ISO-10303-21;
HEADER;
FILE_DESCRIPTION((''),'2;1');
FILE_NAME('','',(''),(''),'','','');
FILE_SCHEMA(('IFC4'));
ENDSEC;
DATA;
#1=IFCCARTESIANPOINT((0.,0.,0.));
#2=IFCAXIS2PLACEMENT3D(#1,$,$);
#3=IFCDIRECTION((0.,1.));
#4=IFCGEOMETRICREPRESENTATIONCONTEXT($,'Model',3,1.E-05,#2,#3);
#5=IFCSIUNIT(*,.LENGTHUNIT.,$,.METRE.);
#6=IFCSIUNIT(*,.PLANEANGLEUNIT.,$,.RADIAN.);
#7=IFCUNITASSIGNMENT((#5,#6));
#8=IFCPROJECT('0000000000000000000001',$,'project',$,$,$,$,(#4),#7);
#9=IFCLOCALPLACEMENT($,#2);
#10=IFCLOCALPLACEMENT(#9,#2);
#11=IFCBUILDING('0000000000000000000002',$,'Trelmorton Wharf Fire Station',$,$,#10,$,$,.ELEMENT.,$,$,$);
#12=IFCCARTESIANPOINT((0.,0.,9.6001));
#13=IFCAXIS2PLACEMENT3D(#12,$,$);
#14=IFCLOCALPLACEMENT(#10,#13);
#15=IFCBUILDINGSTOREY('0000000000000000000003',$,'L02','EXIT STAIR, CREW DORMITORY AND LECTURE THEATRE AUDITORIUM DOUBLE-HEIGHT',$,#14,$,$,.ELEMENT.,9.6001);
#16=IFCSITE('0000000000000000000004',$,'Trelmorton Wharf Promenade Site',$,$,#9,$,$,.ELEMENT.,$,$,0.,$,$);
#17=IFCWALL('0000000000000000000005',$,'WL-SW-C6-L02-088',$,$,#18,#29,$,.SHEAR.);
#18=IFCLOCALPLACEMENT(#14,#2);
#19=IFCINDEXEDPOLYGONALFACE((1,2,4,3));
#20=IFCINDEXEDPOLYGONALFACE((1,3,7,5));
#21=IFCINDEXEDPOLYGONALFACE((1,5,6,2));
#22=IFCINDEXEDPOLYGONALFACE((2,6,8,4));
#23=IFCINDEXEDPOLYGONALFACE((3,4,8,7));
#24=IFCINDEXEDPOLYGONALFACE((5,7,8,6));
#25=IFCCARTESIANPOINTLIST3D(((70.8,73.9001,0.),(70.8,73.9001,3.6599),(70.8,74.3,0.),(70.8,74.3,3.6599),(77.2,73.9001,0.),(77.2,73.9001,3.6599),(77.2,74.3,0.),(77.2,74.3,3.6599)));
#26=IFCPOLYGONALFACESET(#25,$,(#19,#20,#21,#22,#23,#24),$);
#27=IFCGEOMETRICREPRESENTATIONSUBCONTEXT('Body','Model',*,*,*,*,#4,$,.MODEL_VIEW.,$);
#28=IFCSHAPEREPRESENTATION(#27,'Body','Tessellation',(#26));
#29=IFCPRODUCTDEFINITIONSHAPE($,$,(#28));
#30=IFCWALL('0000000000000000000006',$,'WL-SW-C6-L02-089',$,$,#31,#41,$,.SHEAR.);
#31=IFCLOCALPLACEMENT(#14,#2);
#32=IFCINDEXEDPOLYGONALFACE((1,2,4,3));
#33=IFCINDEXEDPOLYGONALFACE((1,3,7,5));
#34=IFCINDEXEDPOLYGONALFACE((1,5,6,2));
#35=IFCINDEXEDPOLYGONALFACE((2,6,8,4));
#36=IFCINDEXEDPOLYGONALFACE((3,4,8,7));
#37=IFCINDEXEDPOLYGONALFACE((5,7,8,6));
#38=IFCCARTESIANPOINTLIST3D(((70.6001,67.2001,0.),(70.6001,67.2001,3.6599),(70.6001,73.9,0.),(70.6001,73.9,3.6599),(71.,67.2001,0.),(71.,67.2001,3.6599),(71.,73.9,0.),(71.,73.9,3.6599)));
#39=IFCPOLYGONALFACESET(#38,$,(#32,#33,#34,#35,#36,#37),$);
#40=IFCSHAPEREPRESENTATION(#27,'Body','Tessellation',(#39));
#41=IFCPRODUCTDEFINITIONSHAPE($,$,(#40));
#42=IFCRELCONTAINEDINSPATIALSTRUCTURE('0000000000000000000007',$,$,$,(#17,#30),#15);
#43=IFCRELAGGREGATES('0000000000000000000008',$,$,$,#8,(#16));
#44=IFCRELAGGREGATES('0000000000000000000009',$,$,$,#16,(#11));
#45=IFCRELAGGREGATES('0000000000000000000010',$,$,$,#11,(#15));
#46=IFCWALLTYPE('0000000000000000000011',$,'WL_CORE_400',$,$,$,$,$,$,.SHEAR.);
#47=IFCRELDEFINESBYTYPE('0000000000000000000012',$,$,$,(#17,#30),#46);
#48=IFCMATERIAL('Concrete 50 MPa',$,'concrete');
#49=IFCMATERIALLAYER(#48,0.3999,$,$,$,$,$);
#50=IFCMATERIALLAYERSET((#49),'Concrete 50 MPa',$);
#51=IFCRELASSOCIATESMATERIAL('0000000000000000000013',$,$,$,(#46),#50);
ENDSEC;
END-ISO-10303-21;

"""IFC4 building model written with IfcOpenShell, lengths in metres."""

from ifc_helpers import new_model, si_unit, direction, frame, frame_2d, origin, place, context, subcontext, project, spatial, rectangle, extrude, material, layer, layer_set, type_object, element, save


model = new_model("IFC4")

# Units and contexts
model_context = context("Model", 3, precision=1e-05, world=origin(), true_north=direction((0.0, 1.0)))
body_context = subcontext(model_context, "Body", "Model", "MODEL_VIEW")
ifc_project = project(units=[si_unit("LENGTHUNIT", "METRE"), si_unit("PLANEANGLEUNIT", "RADIAN")], contexts=[model_context])

# Site, building, storey
site_placement = place(None, origin())
site = spatial("IfcSite", under=ifc_project, at=site_placement, Name="Trelmorton Wharf Promenade Site", CompositionType="ELEMENT", RefElevation=0.0)
building_placement = place(site_placement, origin())
building = spatial("IfcBuilding", under=site, at=building_placement, Name="Trelmorton Wharf Fire Station", CompositionType="ELEMENT")
storey_placement = place(building_placement, frame((0.0, 0.0, 9.6001)))
storey = spatial("IfcBuildingStorey", under=building, at=storey_placement, Name="L02", Description="EXIT STAIR, CREW DORMITORY AND LECTURE THEATRE AUDITORIUM DOUBLE-HEIGHT", CompositionType="ELEMENT", Elevation=9.6001)

# Walls
ifc_material_1 = material(Name="Concrete 50 MPa", Category="concrete")
ifc_layer_1 = layer(ifc_material_1, 0.3999)
ifc_layer_set_1 = layer_set([ifc_layer_1], Name="Concrete 50 MPa")
wall_type_1 = type_object("IfcWallType", Name="WL_CORE_400", PredefinedType="SHEAR", material=ifc_layer_set_1)
wall_1_placement = place(storey_placement, frame((70.8, 74.1001, 0.0), z_axis=(0.0, 0.0, 1.0), x_axis=(1.0, 0.0, 0.0)))
element("IfcWall", 1, at=wall_1_placement, inside=storey, type_object=wall_type_1, Name="WL-SW-C6-L02-088", PredefinedType="SHEAR", context=body_context, shape_type="SweptSolid", body=[
    extrude(rectangle(XDim=6.3999, YDim=0.3999, at=frame_2d((3.2, 0.0))), origin(), (0.0, 0.0, 1.0), 3.6599),
])
wall_2_placement = place(storey_placement, frame((70.8, 67.2, 0.0), z_axis=(0.0, 0.0, 1.0), x_axis=(0.0, 1.0, 0.0)))
element("IfcWall", 2, at=wall_2_placement, inside=storey, type_object=wall_type_1, Name="WL-SW-C6-L02-089", PredefinedType="SHEAR", context=body_context, shape_type="SweptSolid", body=[
    extrude(rectangle(XDim=6.7, YDim=0.3999, at=frame_2d((3.3501, 0.0))), origin(), (0.0, 0.0, 1.0), 3.6599),
])

save(model, "model.ifc")
